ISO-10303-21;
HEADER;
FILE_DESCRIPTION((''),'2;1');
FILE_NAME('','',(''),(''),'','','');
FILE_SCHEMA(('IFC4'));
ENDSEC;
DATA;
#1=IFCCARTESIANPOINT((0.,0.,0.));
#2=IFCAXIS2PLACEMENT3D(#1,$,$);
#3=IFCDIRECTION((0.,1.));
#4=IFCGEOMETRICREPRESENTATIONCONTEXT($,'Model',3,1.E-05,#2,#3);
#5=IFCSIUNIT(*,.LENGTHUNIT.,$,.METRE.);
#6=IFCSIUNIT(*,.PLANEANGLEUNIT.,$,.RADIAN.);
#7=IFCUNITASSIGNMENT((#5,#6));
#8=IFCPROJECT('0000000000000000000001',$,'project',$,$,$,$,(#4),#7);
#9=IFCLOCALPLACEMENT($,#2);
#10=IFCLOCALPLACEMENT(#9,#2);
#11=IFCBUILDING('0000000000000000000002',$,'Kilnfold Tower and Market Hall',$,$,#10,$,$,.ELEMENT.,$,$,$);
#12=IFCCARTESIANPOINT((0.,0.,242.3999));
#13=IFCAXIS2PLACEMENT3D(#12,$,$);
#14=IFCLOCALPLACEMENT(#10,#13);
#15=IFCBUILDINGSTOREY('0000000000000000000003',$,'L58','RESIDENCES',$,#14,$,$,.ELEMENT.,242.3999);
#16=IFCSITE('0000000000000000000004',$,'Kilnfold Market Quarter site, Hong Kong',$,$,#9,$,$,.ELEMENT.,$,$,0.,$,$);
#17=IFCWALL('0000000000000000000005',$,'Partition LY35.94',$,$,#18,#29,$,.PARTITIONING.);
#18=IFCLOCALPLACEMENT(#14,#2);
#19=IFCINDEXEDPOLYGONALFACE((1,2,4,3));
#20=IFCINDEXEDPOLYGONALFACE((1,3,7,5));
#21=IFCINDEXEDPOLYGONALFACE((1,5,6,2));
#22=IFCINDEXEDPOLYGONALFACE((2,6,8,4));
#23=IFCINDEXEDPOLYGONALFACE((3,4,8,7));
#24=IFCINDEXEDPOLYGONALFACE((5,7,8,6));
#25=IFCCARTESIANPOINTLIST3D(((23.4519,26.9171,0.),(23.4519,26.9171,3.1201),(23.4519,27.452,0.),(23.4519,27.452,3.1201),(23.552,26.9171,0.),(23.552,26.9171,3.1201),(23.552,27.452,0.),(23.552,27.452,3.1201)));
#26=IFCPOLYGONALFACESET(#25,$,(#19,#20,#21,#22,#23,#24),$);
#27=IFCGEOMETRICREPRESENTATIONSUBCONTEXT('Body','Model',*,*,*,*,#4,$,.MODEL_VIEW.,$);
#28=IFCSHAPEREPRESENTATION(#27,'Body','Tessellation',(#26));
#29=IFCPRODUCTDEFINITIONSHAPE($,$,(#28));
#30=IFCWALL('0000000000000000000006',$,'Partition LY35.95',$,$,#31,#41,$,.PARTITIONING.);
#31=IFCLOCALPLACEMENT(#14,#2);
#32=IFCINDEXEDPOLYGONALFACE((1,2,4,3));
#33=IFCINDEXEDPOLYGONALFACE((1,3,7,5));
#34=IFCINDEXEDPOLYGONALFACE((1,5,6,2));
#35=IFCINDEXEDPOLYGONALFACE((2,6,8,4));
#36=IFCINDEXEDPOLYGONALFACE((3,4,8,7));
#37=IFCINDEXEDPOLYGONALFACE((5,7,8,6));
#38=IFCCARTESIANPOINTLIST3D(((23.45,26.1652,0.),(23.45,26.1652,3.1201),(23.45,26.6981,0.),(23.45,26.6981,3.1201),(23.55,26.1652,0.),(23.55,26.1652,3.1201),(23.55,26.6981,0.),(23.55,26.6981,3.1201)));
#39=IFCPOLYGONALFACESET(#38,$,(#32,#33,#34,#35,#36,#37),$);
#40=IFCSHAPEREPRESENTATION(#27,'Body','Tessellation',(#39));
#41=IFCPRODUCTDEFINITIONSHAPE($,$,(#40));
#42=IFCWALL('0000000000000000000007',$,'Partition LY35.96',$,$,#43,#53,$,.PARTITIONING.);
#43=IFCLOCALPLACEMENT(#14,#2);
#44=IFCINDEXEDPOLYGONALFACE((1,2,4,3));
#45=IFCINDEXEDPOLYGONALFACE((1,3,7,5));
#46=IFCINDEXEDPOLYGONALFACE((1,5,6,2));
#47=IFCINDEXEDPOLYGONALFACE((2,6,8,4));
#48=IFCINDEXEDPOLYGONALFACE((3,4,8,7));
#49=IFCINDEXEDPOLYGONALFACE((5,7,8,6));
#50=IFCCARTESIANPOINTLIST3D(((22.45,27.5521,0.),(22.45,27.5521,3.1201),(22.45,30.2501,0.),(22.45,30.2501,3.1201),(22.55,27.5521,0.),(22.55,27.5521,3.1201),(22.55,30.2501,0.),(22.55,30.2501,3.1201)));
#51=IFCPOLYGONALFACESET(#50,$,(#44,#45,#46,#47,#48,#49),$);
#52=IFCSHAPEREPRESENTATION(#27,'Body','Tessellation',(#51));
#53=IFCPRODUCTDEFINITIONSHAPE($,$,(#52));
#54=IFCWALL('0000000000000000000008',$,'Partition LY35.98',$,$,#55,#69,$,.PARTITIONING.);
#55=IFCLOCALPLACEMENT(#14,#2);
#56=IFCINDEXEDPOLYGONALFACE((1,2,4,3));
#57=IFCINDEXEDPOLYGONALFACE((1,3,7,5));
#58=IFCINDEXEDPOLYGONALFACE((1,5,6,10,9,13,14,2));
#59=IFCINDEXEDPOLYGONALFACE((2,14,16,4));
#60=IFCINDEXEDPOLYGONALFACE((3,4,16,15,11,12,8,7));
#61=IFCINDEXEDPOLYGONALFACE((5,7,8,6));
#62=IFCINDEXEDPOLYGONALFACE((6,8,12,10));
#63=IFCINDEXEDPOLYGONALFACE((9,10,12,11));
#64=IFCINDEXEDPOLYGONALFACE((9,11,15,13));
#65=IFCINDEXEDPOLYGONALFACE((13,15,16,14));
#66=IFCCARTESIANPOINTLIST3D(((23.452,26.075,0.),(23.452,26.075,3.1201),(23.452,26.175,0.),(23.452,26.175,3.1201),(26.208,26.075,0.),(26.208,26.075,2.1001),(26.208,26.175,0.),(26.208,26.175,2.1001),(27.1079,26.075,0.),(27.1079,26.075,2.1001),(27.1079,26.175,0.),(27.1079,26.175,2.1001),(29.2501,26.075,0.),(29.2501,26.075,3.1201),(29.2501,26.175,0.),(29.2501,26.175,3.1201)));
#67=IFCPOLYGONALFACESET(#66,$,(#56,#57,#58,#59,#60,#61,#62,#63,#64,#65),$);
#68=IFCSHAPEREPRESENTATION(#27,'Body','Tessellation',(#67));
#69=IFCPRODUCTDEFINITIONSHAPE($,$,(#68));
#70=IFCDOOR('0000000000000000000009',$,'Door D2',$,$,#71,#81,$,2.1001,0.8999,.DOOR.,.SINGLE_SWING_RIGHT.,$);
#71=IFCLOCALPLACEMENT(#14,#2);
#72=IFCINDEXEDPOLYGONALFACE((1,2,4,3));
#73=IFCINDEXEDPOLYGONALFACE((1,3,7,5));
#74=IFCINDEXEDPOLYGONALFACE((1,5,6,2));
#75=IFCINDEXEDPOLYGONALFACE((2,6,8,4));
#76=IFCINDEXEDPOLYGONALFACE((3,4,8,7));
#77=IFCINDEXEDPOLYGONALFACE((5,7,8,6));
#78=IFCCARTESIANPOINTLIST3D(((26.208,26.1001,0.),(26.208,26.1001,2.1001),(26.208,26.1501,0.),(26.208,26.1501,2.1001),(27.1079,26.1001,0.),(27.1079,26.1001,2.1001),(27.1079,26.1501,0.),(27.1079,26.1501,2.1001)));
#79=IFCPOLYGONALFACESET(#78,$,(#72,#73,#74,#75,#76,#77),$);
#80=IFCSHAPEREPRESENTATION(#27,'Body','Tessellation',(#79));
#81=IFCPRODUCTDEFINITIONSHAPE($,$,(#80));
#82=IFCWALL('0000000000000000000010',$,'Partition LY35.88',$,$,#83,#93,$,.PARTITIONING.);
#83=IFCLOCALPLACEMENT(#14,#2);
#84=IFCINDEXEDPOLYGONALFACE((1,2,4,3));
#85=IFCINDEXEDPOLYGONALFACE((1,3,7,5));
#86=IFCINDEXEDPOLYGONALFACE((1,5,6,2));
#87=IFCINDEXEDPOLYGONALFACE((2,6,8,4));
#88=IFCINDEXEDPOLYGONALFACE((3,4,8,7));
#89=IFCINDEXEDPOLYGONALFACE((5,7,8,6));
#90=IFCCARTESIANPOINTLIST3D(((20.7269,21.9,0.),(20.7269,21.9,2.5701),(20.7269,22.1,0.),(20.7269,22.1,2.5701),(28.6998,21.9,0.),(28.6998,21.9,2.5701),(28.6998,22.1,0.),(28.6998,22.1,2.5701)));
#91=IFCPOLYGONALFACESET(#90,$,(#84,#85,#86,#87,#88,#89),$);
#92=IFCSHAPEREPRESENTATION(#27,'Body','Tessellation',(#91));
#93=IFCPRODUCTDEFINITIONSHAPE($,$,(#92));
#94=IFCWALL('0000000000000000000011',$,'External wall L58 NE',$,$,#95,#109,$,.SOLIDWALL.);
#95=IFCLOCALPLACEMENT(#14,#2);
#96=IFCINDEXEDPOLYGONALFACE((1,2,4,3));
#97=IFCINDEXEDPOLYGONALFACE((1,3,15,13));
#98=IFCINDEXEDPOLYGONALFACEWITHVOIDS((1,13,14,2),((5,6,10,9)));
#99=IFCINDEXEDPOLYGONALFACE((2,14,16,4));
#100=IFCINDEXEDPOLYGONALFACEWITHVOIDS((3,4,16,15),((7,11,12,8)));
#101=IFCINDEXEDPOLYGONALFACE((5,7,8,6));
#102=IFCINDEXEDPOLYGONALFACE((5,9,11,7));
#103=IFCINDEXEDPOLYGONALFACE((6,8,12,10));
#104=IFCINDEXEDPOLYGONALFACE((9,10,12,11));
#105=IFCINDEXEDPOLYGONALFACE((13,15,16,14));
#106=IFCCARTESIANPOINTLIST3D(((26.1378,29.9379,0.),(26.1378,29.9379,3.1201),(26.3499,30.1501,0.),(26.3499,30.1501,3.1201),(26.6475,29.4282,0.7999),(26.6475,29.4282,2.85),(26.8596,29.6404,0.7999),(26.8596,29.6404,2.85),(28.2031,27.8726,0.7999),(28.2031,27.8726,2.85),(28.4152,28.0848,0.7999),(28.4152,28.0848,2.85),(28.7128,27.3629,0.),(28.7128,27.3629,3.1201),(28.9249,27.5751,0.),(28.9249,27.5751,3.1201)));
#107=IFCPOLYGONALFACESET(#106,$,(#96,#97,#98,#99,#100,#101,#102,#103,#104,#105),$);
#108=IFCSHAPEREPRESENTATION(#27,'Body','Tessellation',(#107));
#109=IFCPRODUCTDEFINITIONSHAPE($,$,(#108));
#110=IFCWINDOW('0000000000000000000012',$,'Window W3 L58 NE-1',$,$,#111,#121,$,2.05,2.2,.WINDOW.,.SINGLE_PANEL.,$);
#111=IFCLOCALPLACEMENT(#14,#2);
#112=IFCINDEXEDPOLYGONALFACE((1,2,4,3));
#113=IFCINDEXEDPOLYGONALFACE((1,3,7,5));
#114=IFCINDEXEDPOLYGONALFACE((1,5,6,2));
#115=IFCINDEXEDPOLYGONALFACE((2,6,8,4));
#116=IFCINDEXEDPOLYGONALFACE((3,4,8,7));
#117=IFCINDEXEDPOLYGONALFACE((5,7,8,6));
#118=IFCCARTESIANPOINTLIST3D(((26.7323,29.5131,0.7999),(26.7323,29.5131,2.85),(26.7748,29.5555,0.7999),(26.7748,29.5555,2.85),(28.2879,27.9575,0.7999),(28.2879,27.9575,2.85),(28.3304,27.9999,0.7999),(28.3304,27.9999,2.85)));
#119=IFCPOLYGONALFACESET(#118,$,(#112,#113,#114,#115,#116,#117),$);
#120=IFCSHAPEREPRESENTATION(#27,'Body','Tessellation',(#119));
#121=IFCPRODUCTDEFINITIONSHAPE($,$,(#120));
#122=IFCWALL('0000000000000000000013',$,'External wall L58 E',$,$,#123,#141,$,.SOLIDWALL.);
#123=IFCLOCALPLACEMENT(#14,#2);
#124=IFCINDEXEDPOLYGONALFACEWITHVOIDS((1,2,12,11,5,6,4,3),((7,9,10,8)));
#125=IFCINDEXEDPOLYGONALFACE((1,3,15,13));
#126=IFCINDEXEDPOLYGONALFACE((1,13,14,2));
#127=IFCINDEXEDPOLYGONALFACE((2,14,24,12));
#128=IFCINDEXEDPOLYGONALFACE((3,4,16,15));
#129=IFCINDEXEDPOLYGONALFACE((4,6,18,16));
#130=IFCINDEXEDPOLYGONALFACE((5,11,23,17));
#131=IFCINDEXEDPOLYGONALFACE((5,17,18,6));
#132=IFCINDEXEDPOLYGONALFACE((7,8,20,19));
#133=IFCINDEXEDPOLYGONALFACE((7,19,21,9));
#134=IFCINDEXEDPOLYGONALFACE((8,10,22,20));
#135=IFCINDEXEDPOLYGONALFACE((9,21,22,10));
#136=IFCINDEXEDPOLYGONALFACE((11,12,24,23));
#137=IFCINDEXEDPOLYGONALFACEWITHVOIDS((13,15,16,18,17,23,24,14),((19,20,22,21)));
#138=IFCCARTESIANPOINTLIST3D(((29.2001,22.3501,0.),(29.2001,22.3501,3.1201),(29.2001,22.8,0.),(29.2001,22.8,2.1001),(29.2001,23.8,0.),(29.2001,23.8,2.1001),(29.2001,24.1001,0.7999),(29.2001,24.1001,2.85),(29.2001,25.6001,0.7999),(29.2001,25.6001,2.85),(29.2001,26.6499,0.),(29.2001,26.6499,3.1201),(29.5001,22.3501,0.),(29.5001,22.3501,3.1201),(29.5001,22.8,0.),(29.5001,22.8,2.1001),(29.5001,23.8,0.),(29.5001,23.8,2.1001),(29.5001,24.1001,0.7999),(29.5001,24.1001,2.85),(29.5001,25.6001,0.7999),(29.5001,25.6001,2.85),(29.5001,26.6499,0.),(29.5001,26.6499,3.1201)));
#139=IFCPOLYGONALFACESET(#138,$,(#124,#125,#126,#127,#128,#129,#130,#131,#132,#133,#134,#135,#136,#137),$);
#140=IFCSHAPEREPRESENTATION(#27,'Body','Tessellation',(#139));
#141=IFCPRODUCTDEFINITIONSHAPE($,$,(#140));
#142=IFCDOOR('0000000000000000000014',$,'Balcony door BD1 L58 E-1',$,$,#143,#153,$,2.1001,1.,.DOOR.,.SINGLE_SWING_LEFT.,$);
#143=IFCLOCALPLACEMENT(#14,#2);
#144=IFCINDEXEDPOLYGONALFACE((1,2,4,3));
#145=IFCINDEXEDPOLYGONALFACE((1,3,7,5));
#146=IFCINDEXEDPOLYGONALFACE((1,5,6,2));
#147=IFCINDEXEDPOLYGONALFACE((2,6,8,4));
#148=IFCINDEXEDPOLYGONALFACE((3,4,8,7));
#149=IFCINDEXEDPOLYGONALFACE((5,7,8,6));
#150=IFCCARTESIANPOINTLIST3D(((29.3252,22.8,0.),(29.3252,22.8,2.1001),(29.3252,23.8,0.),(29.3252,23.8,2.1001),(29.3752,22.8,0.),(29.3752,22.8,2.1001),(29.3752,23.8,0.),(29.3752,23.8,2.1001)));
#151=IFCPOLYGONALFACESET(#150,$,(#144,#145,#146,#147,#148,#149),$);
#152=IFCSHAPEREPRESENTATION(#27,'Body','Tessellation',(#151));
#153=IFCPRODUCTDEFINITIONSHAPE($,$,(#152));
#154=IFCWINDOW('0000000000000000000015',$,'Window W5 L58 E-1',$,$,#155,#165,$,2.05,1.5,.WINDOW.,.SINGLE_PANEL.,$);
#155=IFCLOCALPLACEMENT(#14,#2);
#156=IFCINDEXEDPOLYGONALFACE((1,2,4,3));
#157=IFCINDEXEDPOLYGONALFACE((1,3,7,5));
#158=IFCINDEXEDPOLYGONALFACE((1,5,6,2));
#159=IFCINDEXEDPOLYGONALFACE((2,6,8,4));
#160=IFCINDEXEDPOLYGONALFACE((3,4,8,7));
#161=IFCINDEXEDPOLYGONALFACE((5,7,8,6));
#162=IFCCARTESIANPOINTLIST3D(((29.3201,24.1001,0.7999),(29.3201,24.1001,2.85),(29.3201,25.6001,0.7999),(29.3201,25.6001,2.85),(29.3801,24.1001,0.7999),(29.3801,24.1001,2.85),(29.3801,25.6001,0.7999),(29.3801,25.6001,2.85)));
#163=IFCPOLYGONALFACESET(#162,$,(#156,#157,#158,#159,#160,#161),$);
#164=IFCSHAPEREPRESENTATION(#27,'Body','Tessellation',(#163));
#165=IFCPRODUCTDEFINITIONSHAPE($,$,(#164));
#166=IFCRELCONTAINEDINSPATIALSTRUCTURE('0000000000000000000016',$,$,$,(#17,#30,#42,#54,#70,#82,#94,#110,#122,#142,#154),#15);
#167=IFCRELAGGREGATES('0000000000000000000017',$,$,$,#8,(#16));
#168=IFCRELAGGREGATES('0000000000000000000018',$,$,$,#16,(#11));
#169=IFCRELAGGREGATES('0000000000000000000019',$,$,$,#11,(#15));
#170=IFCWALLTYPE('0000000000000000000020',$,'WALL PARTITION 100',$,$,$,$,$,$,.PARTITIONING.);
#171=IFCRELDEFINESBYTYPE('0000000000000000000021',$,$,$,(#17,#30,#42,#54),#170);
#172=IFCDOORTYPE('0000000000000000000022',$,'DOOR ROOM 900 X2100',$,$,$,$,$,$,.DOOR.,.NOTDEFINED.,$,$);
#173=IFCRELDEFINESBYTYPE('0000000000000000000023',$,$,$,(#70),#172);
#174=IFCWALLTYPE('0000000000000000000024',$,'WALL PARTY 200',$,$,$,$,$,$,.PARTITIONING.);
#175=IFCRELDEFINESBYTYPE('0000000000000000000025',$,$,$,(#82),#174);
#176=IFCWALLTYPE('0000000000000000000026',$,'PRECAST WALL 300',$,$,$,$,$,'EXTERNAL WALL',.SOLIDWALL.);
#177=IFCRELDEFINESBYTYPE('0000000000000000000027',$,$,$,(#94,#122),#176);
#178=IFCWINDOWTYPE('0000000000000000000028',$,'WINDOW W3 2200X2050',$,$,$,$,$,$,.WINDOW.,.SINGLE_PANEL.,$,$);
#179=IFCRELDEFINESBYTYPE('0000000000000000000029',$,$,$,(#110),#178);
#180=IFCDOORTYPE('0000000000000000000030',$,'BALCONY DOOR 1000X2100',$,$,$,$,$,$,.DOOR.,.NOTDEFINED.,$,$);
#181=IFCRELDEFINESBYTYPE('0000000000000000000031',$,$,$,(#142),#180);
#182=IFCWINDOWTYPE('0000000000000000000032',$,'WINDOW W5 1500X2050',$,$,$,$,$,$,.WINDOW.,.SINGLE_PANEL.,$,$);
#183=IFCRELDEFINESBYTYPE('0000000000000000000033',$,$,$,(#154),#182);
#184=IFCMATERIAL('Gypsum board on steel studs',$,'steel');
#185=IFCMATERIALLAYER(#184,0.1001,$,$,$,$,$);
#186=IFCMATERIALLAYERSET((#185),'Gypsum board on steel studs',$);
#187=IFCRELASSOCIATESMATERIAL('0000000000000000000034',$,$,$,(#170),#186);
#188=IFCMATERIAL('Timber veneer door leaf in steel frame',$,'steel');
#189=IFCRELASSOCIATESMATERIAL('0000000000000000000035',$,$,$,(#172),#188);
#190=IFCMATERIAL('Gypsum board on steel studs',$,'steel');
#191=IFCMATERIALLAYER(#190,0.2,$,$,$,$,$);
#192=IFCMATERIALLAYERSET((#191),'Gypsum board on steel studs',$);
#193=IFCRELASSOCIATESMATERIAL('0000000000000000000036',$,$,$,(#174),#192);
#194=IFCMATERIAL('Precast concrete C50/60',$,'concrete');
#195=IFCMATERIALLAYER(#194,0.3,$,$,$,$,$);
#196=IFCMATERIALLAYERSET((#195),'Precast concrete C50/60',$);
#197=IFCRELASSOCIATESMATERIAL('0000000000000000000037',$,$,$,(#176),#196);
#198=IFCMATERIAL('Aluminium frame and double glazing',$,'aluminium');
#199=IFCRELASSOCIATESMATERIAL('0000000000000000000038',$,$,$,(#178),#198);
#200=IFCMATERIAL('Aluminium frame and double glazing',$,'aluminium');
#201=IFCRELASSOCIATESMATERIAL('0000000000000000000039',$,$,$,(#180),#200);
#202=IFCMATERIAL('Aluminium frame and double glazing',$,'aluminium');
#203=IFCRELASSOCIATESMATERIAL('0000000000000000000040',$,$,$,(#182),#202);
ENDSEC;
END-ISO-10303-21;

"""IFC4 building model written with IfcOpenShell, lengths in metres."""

from ifc_helpers import new_model, si_unit, direction, frame, frame_2d, origin, place, context, subcontext, project, spatial, rectangle, extrude, source, transform, mapped, material, layer, layer_set, type_object, element, fill, save


model = new_model("IFC4")

# Units and contexts
model_context = context("Model", 3, precision=1e-05, world=origin(), true_north=direction((0.0, 1.0)))
body_context = subcontext(model_context, "Body", "Model", "MODEL_VIEW")
ifc_project = project(units=[si_unit("LENGTHUNIT", "METRE"), si_unit("PLANEANGLEUNIT", "RADIAN")], contexts=[model_context])

# Site, building, storey
site_placement = place(None, origin())
site = spatial("IfcSite", under=ifc_project, at=site_placement, Name="Kilnfold Market Quarter site, Hong Kong", CompositionType="ELEMENT", RefElevation=0.0)
building_placement = place(site_placement, origin())
building = spatial("IfcBuilding", under=site, at=building_placement, Name="Kilnfold Tower and Market Hall", CompositionType="ELEMENT")
storey_placement = place(building_placement, frame((0.0, 0.0, 242.3999)))
storey = spatial("IfcBuildingStorey", under=building, at=storey_placement, Name="L58", Description="RESIDENCES", CompositionType="ELEMENT", Elevation=242.3999)

# Shared definitions
ifc_material_1 = material(Name="Gypsum board on steel studs", Category="steel")
ifc_layer_1 = layer(ifc_material_1, 0.1001)
ifc_layer_set_1 = layer_set([ifc_layer_1], Name="Gypsum board on steel studs")
wall_type_1 = type_object("IfcWallType", Name="WALL PARTITION 100", PredefinedType="PARTITIONING", material=ifc_layer_set_1)
ifc_material_2 = material(Name="Timber veneer door leaf in steel frame", Category="steel")
door_type_1 = type_object("IfcDoorType", Name="DOOR ROOM 900 X2100", OperationType="NOTDEFINED", PredefinedType="DOOR", material=ifc_material_2)

# Walls
wall_1_placement = place(storey_placement, frame((23.502, 26.917, 0.0), z_axis=(0.0, 0.0, 1.0), x_axis=(0.0, 1.0, 0.0)))
element("IfcWall", 1, at=wall_1_placement, inside=storey, type_object=wall_type_1, Name="Partition LY35.94", PredefinedType="PARTITIONING", context=body_context, shape_type="SweptSolid", body=[
    extrude(rectangle(XDim=0.5349, YDim=0.1001, at=frame_2d((0.2676, 0.0))), origin(), (0.0, 0.0, 1.0), 3.1201),
])
wall_2_placement = place(storey_placement, frame((23.5, 26.165, 0.0), z_axis=(0.0, 0.0, 1.0), x_axis=(0.0, 1.0, 0.0)))
element("IfcWall", 2, at=wall_2_placement, inside=storey, type_object=wall_type_1, Name="Partition LY35.95", PredefinedType="PARTITIONING", context=body_context, shape_type="SweptSolid", body=[
    extrude(rectangle(XDim=0.533, YDim=0.1001, at=frame_2d((0.2666, 0.0))), origin(), (0.0, 0.0, 1.0), 3.1201),
])
wall_3_placement = place(storey_placement, frame((22.5, 27.552, 0.0), z_axis=(0.0, 0.0, 1.0), x_axis=(0.0, 1.0, 0.0)))
element("IfcWall", 3, at=wall_3_placement, inside=storey, type_object=wall_type_1, Name="Partition LY35.96", PredefinedType="PARTITIONING", context=body_context, shape_type="SweptSolid", body=[
    extrude(rectangle(XDim=2.698, YDim=0.1001, at=frame_2d((1.3491, 0.0))), origin(), (0.0, 0.0, 1.0), 3.1201),
])

# Wall, opening, door
wall_4_placement = place(storey_placement, frame((29.25, 26.125, 0.0), z_axis=(0.0, 0.0, 1.0), x_axis=(-1.0, 0.0, 0.0)))
wall_4 = element("IfcWall", 4, at=wall_4_placement, inside=storey, type_object=wall_type_1, Name="Partition LY35.98", PredefinedType="PARTITIONING", context=body_context, shape_type="SweptSolid", body=[
    extrude(rectangle(XDim=5.7981, YDim=0.1001, at=frame_2d((2.8989, 0.0))), origin(), (0.0, 0.0, 1.0), 3.1201),
])
opening_1_placement = place(wall_4_placement, frame((2.1421, 0.0, 0.0)))
opening_1 = element("IfcOpeningElement", 5, at=opening_1_placement, cuts=wall_4, PredefinedType="OPENING", context=body_context, shape_type="SweptSolid", body=[
    extrude(rectangle(XDim=0.8999, YDim=2.1001, at=frame_2d((0.45, 1.05))), frame((0.0, 0.0601, 0.0), z_axis=(0.0, -1.0, 0.0), x_axis=(1.0, 0.0, 0.0)), (0.0, 0.0, 1.0), 0.1201),
])
door_1_placement = place(opening_1_placement, origin())
door_1 = element("IfcDoor", 6, at=door_1_placement, inside=storey, type_object=door_type_1, Name="Door D2", OperationType="SINGLE_SWING_RIGHT", OverallHeight=2.1001, OverallWidth=0.8999, PredefinedType="DOOR", context=body_context, shape_type="SweptSolid", body=[
    extrude(rectangle(XDim=0.8999, YDim=2.1001, at=frame_2d((0.45, 1.05))), frame((0.0, 0.0249, 0.0), z_axis=(0.0, -1.0, 0.0), x_axis=(1.0, 0.0, 0.0)), (0.0, 0.0, 1.0), 0.05),
])
fill(opening_1, door_1)

# Wall
ifc_material_3 = material(Name="Gypsum board on steel studs", Category="steel")
ifc_layer_2 = layer(ifc_material_3, 0.2)
ifc_layer_set_2 = layer_set([ifc_layer_2], Name="Gypsum board on steel studs")
wall_type_2 = type_object("IfcWallType", Name="WALL PARTY 200", PredefinedType="PARTITIONING", material=ifc_layer_set_2)
wall_5_placement = place(storey_placement, frame((20.7271, 22.0, 0.0), z_axis=(0.0, 0.0, 1.0), x_axis=(1.0, 0.0, 0.0)))
element("IfcWall", 7, at=wall_5_placement, inside=storey, type_object=wall_type_2, Name="Partition LY35.88", PredefinedType="PARTITIONING", context=body_context, shape_type="SweptSolid", body=[
    extrude(rectangle(XDim=7.9729, YDim=0.2, at=frame_2d((3.9863, 0.0))), origin(), (0.0, 0.0, 1.0), 2.5701),
])

# Wall, opening, window
ifc_material_4 = material(Name="Precast concrete C50/60", Category="concrete")
ifc_layer_3 = layer(ifc_material_4, 0.3)
ifc_layer_set_3 = layer_set([ifc_layer_3], Name="Precast concrete C50/60")
wall_type_3 = type_object("IfcWallType", Name="PRECAST WALL 300", ElementType="EXTERNAL WALL", PredefinedType="SOLIDWALL", material=ifc_layer_set_3)
shared_shape_1 = source(origin(), body_context, "Body", "SweptSolid", [
    extrude(rectangle(XDim=3.6416, YDim=0.3, at=frame_2d((1.8208, 0.0))), origin(), (0.0, 0.0, 1.0), 3.1201),
])
wall_6_placement = place(storey_placement, frame((28.8188, 27.469, 0.0), z_axis=(0.0, 0.0, 1.0), x_axis=(-0.707107, 0.707107, 0.0)))
wall_6 = element("IfcWall", 8, at=wall_6_placement, inside=storey, type_object=wall_type_3, Name="External wall L58 NE", PredefinedType="SOLIDWALL", context=body_context, shape_type="MappedRepresentation", body=[
    mapped(shared_shape_1, transform((0.0, 0.0, 0.0))),
])
opening_2_placement = place(wall_6_placement, frame((0.7207, 0.0, 0.8)))
opening_2 = element("IfcOpeningElement", 9, at=opening_2_placement, cuts=wall_6, PredefinedType="OPENING", context=body_context, shape_type="SweptSolid", body=[
    extrude(rectangle(XDim=2.2, YDim=2.05, at=frame_2d((1.1001, 1.0249))), frame((0.0, 0.1602, 0.0), z_axis=(0.0, -1.0, 0.0), x_axis=(1.0, 0.0, 0.0)), (0.0, 0.0, 1.0), 0.3201),
])
ifc_material_5 = material(Name="Aluminium frame and double glazing", Category="aluminium")
window_type_1 = type_object("IfcWindowType", Name="WINDOW W3 2200X2050", PartitioningType="SINGLE_PANEL", PredefinedType="WINDOW", material=ifc_material_5)
window_1_placement = place(opening_2_placement, origin())
window_1 = element("IfcWindow", 10, at=window_1_placement, inside=storey, type_object=window_type_1, Name="Window W3 L58 NE-1", OverallHeight=2.05, OverallWidth=2.2, PartitioningType="SINGLE_PANEL", PredefinedType="WINDOW", context=body_context, shape_type="SweptSolid", body=[
    extrude(rectangle(XDim=2.2, YDim=2.05, at=frame_2d((1.1001, 1.0249))), frame((0.0, 0.03, 0.0), z_axis=(0.0, -1.0, 0.0), x_axis=(1.0, 0.0, 0.0)), (0.0, 0.0, 1.0), 0.0601),
])
fill(opening_2, window_1)

# Wall, openings, door, window
shared_shape_2 = source(origin(), body_context, "Body", "SweptSolid", [
    extrude(rectangle(XDim=4.2998, YDim=0.3, at=frame_2d((2.1499, 0.0))), origin(), (0.0, 0.0, 1.0), 3.1201),
])
wall_7_placement = place(storey_placement, frame((29.3501, 22.3501, 0.0), z_axis=(0.0, 0.0, 1.0), x_axis=(0.0, 1.0, 0.0)))
wall_7 = element("IfcWall", 11, at=wall_7_placement, inside=storey, type_object=wall_type_3, Name="External wall L58 E", PredefinedType="SOLIDWALL", context=body_context, shape_type="MappedRepresentation", body=[
    mapped(shared_shape_2, transform((0.0, 0.0, 0.0))),
])
opening_3_placement = place(wall_7_placement, frame((1.75, 0.0, 0.8)))
opening_3 = element("IfcOpeningElement", 12, at=opening_3_placement, cuts=wall_7, PredefinedType="OPENING", context=body_context, shape_type="SweptSolid", body=[
    extrude(rectangle(XDim=1.5, YDim=2.05, at=frame_2d((0.75, 1.0249))), frame((0.0, 0.1602, 0.0), z_axis=(0.0, -1.0, 0.0), x_axis=(1.0, 0.0, 0.0)), (0.0, 0.0, 1.0), 0.3201),
])
opening_4_placement = place(wall_7_placement, frame((0.45, 0.0, 0.0)))
opening_4 = element("IfcOpeningElement", 13, at=opening_4_placement, cuts=wall_7, PredefinedType="OPENING", context=body_context, shape_type="SweptSolid", body=[
    extrude(rectangle(XDim=1.0, YDim=2.1001, at=frame_2d((0.5, 1.05))), frame((0.0, 0.1602, 0.0), z_axis=(0.0, -1.0, 0.0), x_axis=(1.0, 0.0, 0.0)), (0.0, 0.0, 1.0), 0.3201),
])
ifc_material_6 = material(Name="Aluminium frame and double glazing", Category="aluminium")
door_type_2 = type_object("IfcDoorType", Name="BALCONY DOOR 1000X2100", OperationType="NOTDEFINED", PredefinedType="DOOR", material=ifc_material_6)
door_2_placement = place(opening_4_placement, origin())
door_2 = element("IfcDoor", 14, at=door_2_placement, inside=storey, type_object=door_type_2, Name="Balcony door BD1 L58 E-1", OperationType="SINGLE_SWING_LEFT", OverallHeight=2.1001, OverallWidth=1.0, PredefinedType="DOOR", context=body_context, shape_type="SweptSolid", body=[
    extrude(rectangle(XDim=1.0, YDim=2.1001, at=frame_2d((0.5, 1.05))), frame((0.0, 0.0249, 0.0), z_axis=(0.0, -1.0, 0.0), x_axis=(1.0, 0.0, 0.0)), (0.0, 0.0, 1.0), 0.05),
])
fill(opening_4, door_2)
ifc_material_7 = material(Name="Aluminium frame and double glazing", Category="aluminium")
window_type_2 = type_object("IfcWindowType", Name="WINDOW W5 1500X2050", PartitioningType="SINGLE_PANEL", PredefinedType="WINDOW", material=ifc_material_7)
window_2_placement = place(opening_3_placement, origin())
window_2 = element("IfcWindow", 15, at=window_2_placement, inside=storey, type_object=window_type_2, Name="Window W5 L58 E-1", OverallHeight=2.05, OverallWidth=1.5, PartitioningType="SINGLE_PANEL", PredefinedType="WINDOW", context=body_context, shape_type="SweptSolid", body=[
    extrude(rectangle(XDim=1.5, YDim=2.05, at=frame_2d((0.75, 1.0249))), frame((0.0, 0.03, 0.0), z_axis=(0.0, -1.0, 0.0), x_axis=(1.0, 0.0, 0.0)), (0.0, 0.0, 1.0), 0.0601),
])
fill(opening_3, window_2)

save(model, "model.ifc")
